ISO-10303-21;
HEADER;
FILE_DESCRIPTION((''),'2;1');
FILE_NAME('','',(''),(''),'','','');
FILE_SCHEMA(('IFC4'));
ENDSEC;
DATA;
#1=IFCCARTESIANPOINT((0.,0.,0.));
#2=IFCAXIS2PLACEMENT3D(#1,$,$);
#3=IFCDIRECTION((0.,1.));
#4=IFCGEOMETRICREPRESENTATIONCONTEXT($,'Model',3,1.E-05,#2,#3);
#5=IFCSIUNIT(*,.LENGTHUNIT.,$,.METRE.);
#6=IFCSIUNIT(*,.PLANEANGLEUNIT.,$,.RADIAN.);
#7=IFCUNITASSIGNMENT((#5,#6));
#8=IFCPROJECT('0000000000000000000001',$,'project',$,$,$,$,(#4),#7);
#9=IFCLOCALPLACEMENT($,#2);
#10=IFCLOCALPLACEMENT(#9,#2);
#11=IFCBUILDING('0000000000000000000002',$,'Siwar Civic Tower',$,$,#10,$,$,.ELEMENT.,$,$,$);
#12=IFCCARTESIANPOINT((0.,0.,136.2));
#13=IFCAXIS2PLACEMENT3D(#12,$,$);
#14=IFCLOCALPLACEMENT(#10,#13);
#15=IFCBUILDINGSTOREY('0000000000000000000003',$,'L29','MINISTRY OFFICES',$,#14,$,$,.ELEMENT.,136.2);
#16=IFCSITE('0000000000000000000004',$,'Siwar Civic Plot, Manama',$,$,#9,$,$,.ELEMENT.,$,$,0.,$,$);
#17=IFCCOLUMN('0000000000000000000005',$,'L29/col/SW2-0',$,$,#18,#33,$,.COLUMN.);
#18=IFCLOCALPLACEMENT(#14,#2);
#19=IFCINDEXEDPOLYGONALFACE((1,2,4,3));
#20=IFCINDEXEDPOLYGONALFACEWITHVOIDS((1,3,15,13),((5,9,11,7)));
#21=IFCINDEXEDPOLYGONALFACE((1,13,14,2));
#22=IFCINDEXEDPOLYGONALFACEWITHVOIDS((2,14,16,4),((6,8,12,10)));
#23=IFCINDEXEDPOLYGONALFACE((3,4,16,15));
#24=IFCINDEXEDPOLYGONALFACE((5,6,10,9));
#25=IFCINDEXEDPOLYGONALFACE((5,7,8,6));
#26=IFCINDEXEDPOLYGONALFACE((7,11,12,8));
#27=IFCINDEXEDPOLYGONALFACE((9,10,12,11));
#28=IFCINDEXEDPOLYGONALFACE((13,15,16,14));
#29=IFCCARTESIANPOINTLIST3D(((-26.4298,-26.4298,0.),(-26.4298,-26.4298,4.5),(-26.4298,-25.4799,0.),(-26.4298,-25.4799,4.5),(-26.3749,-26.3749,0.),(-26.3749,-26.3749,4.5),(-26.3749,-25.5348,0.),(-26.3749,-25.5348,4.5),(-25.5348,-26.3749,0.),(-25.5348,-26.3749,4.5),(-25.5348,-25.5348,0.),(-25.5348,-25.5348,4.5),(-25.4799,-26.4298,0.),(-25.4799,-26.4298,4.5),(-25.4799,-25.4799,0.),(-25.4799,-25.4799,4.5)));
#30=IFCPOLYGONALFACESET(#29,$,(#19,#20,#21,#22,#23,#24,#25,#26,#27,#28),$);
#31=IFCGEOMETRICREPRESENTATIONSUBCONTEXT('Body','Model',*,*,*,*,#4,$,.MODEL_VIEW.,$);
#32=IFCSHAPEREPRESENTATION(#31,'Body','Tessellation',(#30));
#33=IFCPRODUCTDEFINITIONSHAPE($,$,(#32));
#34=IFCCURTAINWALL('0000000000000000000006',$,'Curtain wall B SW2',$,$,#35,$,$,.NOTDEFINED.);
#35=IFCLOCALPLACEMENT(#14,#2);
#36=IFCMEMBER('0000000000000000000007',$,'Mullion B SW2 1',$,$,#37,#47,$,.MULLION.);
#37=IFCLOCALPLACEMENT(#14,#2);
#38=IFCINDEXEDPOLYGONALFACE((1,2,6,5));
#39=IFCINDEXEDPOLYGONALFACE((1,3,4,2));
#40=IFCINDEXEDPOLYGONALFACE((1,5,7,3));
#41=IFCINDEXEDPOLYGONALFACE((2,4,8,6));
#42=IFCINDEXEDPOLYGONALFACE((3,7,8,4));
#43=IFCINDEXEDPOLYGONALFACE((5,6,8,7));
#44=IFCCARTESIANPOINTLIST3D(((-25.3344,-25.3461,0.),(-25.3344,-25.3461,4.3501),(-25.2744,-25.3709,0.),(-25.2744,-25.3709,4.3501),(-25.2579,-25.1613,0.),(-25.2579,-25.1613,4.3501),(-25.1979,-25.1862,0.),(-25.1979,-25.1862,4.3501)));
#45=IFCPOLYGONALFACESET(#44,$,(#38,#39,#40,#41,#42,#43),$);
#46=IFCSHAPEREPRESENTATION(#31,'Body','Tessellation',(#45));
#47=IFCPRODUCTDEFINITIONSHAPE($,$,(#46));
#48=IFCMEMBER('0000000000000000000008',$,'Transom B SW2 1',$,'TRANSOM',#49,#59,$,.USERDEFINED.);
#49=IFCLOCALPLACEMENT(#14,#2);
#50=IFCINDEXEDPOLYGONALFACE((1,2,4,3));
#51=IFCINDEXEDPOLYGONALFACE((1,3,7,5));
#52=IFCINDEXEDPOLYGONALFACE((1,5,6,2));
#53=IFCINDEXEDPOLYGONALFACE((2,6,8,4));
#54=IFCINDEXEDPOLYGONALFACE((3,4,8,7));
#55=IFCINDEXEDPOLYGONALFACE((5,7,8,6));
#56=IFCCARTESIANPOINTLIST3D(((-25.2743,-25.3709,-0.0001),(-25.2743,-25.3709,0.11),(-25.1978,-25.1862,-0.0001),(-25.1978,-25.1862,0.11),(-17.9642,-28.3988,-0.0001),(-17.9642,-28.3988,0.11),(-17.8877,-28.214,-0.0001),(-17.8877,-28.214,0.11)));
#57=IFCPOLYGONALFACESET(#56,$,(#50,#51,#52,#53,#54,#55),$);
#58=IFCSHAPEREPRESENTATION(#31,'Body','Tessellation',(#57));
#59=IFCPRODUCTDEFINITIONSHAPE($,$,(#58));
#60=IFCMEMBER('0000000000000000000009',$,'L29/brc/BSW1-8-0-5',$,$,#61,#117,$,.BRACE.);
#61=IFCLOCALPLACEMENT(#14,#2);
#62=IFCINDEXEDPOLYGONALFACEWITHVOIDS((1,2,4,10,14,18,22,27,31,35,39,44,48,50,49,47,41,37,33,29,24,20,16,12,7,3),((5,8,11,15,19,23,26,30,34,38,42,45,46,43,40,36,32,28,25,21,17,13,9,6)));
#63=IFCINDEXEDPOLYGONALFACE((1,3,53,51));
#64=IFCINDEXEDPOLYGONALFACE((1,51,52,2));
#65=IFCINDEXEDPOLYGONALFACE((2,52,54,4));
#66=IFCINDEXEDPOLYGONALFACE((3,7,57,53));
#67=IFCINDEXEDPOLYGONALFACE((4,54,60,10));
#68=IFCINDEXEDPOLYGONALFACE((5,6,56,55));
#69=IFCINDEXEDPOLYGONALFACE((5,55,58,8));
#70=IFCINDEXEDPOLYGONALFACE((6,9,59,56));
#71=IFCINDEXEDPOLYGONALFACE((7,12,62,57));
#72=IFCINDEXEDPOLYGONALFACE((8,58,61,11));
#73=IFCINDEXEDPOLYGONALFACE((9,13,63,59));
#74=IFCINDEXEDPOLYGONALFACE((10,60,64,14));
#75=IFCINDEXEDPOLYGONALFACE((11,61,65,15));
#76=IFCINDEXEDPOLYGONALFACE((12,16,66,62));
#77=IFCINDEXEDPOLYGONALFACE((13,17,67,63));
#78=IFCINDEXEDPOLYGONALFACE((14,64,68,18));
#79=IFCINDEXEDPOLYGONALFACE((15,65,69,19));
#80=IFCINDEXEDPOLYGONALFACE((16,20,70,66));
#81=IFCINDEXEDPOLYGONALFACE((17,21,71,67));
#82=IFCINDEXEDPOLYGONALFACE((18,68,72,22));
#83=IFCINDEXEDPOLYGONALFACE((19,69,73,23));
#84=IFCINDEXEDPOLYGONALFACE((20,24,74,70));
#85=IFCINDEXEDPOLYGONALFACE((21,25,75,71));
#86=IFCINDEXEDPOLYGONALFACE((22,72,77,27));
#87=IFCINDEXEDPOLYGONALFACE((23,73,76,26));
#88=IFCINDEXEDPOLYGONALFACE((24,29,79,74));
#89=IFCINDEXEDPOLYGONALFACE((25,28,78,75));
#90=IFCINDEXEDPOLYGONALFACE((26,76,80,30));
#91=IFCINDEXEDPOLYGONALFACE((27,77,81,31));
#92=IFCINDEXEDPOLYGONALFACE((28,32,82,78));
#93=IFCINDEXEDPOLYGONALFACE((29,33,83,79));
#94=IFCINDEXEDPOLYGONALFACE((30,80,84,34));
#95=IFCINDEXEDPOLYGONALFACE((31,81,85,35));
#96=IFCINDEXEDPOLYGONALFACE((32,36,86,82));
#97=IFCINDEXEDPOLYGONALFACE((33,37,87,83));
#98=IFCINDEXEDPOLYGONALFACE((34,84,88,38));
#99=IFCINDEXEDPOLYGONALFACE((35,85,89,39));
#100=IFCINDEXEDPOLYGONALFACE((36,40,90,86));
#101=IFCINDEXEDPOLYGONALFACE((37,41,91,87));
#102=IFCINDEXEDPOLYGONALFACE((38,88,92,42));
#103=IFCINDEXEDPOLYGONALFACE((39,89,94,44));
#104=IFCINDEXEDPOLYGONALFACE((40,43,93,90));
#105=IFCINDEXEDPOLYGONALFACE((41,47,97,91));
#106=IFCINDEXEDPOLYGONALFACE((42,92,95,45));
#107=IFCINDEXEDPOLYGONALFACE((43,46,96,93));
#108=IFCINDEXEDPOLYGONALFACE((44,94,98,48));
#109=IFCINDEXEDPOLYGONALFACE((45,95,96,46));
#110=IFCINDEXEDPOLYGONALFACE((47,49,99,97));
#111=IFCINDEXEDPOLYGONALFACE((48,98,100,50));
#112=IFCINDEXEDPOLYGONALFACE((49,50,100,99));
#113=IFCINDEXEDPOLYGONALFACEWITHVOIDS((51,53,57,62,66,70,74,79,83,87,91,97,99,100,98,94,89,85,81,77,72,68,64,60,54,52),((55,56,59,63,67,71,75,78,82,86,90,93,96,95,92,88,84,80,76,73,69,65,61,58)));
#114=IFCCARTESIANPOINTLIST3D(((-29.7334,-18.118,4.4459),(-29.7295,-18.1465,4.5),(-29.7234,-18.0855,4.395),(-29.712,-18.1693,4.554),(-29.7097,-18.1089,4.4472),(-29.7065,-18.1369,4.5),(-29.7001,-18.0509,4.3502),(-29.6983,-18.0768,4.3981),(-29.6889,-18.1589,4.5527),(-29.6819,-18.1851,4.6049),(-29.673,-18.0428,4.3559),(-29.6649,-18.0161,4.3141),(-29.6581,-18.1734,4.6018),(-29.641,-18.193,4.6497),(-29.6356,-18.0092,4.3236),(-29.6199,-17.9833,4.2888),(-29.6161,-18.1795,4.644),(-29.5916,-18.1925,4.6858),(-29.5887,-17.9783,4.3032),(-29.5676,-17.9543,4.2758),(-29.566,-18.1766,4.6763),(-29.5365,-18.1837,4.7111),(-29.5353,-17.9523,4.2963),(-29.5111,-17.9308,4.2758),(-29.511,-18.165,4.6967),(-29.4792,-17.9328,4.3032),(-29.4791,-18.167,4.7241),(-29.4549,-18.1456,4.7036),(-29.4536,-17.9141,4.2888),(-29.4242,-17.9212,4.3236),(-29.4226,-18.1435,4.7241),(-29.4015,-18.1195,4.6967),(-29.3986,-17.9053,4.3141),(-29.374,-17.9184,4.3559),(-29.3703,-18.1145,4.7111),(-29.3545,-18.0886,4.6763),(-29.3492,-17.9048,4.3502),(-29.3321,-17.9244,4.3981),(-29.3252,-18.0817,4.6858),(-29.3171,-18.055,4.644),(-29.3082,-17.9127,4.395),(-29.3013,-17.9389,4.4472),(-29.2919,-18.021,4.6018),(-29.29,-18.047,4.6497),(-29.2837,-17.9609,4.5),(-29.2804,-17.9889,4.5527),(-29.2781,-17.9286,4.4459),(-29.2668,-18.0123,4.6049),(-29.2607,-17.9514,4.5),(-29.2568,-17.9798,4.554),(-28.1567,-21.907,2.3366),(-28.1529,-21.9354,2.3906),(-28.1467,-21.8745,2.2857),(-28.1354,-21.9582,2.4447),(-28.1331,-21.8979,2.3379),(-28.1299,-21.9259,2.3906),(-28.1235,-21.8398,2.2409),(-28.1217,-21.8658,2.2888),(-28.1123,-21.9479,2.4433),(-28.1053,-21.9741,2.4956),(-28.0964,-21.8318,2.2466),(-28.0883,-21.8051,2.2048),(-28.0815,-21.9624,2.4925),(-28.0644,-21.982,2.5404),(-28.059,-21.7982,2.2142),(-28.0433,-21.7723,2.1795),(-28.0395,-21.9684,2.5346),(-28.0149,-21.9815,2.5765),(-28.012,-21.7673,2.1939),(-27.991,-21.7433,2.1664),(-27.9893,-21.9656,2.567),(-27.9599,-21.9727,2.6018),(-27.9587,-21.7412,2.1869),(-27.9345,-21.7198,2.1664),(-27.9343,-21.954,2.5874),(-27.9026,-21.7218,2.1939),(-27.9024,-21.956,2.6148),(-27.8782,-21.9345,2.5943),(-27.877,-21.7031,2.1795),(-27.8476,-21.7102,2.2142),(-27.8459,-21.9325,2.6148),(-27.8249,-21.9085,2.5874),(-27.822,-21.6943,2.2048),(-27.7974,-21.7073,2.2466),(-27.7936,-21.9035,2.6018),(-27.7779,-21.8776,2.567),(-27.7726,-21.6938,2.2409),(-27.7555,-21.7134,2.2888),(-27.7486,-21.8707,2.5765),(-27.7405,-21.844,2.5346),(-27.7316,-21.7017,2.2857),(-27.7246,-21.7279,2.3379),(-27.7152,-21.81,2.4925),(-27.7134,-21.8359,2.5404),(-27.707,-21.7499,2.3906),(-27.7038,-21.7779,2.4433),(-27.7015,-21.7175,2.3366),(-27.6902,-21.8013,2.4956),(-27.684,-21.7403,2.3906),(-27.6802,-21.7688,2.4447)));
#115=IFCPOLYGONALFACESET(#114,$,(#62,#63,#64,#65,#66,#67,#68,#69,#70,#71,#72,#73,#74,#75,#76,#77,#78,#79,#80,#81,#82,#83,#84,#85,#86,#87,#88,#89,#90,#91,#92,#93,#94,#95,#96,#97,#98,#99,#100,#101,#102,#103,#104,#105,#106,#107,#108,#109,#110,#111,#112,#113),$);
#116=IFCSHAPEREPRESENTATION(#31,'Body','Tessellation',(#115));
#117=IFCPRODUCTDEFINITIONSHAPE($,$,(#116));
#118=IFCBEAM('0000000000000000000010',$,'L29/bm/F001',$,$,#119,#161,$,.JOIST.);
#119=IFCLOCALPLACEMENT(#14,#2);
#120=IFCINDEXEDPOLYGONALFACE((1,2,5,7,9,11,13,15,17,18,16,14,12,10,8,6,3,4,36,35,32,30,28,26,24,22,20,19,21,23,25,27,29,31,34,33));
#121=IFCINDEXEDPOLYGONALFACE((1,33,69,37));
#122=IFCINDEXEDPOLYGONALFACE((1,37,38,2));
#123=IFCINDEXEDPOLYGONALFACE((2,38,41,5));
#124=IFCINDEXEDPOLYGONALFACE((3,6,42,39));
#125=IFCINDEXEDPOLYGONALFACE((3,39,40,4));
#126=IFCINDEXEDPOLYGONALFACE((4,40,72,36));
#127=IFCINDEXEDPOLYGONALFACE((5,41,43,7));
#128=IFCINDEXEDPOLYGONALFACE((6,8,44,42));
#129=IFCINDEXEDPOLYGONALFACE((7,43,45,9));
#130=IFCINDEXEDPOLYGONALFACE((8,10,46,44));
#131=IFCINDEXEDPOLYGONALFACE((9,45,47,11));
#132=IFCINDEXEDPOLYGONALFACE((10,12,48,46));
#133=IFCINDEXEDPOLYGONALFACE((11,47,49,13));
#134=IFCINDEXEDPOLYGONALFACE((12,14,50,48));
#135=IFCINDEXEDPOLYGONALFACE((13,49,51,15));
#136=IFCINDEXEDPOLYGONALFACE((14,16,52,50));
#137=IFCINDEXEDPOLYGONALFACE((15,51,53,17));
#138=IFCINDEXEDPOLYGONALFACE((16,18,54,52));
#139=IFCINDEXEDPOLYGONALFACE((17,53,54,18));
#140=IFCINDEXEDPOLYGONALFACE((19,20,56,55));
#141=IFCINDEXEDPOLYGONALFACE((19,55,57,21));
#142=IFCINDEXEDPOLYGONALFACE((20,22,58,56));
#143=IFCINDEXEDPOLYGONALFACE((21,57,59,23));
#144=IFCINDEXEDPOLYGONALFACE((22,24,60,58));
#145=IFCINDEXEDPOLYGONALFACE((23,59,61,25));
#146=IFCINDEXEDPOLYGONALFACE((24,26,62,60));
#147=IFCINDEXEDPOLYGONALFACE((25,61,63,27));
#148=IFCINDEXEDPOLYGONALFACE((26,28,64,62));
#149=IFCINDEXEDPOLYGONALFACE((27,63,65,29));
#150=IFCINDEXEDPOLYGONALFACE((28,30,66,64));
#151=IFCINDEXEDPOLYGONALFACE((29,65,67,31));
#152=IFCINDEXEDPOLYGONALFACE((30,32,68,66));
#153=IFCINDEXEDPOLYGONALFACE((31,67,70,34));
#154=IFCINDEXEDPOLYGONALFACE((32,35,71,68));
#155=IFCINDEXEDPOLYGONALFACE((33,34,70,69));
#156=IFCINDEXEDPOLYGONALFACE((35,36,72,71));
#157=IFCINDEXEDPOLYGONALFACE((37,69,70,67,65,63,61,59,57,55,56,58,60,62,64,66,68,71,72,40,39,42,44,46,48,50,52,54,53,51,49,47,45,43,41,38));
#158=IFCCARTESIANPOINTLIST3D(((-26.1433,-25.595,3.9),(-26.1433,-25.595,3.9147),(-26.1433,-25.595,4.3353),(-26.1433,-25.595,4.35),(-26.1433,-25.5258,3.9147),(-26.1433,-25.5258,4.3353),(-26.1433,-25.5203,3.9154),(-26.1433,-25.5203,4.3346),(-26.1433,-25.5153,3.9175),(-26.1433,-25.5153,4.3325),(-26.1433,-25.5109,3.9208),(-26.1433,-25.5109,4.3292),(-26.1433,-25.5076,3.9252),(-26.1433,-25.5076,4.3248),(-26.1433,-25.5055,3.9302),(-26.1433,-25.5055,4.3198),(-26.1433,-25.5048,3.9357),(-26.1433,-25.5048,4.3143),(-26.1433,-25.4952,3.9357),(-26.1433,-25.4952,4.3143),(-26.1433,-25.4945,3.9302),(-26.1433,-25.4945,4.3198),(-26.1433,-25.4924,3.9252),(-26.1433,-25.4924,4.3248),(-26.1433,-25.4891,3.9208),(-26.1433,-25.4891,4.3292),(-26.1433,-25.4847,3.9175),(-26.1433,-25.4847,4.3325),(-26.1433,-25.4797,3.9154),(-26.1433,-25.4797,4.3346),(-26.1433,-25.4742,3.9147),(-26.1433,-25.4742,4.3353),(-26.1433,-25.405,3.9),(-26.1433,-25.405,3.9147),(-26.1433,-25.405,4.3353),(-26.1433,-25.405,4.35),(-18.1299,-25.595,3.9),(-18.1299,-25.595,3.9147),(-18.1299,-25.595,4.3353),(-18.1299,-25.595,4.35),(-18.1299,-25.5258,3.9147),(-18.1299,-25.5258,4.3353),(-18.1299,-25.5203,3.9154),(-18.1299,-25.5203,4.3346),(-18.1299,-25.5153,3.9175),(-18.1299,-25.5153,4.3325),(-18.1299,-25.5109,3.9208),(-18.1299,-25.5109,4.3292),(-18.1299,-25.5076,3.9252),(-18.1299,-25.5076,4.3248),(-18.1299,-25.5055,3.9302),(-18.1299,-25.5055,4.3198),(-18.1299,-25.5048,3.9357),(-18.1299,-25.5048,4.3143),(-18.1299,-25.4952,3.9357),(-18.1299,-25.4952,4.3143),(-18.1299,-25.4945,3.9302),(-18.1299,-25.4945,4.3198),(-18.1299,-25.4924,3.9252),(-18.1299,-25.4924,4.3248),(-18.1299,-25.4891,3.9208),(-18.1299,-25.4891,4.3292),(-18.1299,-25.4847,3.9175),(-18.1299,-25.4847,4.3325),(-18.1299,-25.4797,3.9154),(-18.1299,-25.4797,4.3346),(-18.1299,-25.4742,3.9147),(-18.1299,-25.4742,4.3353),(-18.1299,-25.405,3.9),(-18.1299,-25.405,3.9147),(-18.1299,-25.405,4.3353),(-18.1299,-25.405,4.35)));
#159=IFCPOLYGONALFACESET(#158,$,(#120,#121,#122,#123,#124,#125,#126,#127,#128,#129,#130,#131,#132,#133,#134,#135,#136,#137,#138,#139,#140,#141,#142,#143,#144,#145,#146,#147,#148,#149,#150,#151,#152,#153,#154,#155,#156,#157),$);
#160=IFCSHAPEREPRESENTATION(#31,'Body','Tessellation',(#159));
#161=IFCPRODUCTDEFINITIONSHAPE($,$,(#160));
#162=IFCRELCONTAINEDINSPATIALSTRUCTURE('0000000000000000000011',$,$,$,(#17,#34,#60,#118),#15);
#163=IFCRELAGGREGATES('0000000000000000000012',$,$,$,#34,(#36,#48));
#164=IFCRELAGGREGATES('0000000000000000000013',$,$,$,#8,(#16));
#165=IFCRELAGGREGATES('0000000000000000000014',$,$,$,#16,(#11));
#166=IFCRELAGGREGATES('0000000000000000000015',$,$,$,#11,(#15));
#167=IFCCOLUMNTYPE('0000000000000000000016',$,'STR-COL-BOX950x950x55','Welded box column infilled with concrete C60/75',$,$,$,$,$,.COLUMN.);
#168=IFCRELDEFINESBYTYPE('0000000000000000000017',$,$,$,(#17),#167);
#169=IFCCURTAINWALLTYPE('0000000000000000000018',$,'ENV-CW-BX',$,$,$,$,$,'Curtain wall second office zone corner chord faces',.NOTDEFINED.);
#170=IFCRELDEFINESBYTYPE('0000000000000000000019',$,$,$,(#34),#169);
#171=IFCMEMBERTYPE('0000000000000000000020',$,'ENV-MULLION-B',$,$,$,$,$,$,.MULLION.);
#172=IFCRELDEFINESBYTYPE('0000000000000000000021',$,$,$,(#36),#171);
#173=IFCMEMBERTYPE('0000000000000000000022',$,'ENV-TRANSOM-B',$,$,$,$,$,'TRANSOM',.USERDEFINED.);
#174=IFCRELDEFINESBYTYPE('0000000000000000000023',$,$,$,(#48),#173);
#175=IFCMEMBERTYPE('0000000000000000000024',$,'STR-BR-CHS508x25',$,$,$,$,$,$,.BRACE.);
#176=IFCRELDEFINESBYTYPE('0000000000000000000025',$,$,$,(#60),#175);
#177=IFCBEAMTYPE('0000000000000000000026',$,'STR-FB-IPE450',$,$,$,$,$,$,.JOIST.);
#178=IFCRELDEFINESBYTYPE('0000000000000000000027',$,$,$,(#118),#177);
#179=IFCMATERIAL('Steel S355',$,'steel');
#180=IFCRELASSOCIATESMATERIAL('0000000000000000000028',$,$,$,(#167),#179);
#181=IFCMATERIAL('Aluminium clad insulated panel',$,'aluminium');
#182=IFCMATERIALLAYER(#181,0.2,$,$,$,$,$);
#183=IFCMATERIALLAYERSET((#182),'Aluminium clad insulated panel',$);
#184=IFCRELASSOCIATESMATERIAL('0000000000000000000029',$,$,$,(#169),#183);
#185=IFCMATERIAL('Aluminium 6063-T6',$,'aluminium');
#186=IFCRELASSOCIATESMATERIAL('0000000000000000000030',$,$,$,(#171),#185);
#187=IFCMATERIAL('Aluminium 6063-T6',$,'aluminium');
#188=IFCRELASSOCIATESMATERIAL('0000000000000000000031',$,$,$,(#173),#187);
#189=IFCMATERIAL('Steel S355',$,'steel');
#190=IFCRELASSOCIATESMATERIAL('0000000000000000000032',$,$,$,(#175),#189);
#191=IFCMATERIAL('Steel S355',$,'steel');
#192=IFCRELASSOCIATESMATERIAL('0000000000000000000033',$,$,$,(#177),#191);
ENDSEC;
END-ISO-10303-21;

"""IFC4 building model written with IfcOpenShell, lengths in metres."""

from ifc_helpers import new_model, si_unit, direction, frame, origin, origin_2d, place, context, subcontext, project, spatial, rectangle, hollow_rectangle, hollow_circle, i_section, extrude, material, layer, layer_set, material_profile, profile_set, type_object, element, aggregate, save


model = new_model("IFC4")

# Units and contexts
model_context = context("Model", 3, precision=1e-05, world=origin(), true_north=direction((0.0, 1.0)))
body_context = subcontext(model_context, "Body", "Model", "MODEL_VIEW")
ifc_project = project(units=[si_unit("LENGTHUNIT", "METRE"), si_unit("PLANEANGLEUNIT", "RADIAN")], contexts=[model_context])

# Site, building, storey
site_placement = place(None, origin())
site = spatial("IfcSite", under=ifc_project, at=site_placement, Name="Siwar Civic Plot, Manama", CompositionType="ELEMENT", RefElevation=0.0)
building_placement = place(site_placement, origin())
building = spatial("IfcBuilding", under=site, at=building_placement, Name="Siwar Civic Tower", CompositionType="ELEMENT")
storey_placement = place(building_placement, frame((0.0, 0.0, 136.2)))
storey = spatial("IfcBuildingStorey", under=building, at=storey_placement, Name="L29", Description="MINISTRY OFFICES", CompositionType="ELEMENT", Elevation=136.2)

# Column
ifc_material_1 = material(Name="Steel S355", Category="steel")
ifc_material_profile_1 = material_profile(ifc_material_1, hollow_rectangle(XDim=0.95, YDim=0.95, WallThickness=0.0549, at=origin_2d()), Name="BOX950x950x55")
ifc_profile_set_1 = profile_set([ifc_material_profile_1], Name="Steel S355")
column_type = type_object("IfcColumnType", Name="STR-COL-BOX950x950x55", Description="Welded box column infilled with concrete C60/75", PredefinedType="COLUMN", material=ifc_profile_set_1)
column_placement = place(storey_placement, frame((-25.9548, -25.9548, 0.0), z_axis=(0.0, 0.0, 1.0), x_axis=(1.0, 0.0, 0.0)))
element("IfcColumn", 1, at=column_placement, inside=storey, type_object=column_type, Name="L29/col/SW2-0", PredefinedType="COLUMN", context=body_context, shape_type="SweptSolid", body=[
    extrude(hollow_rectangle(XDim=0.95, YDim=0.95, WallThickness=0.0549, at=origin_2d()), origin(), (0.0, 0.0, 1.0), 4.5),
])

# Curtain wall, members
ifc_material_2 = material(Name="Aluminium clad insulated panel", Category="aluminium")
ifc_layer_1 = layer(ifc_material_2, 0.2)
ifc_layer_set_1 = layer_set([ifc_layer_1], Name="Aluminium clad insulated panel")
curtain_wall_type = type_object("IfcCurtainWallType", Name="ENV-CW-BX", ElementType="Curtain wall second office zone corner chord faces", PredefinedType="NOTDEFINED", material=ifc_layer_set_1)
curtain_wall_1_placement = place(storey_placement, origin())
curtain_wall_1 = element("IfcCurtainWall", 2, at=curtain_wall_1_placement, inside=storey, type_object=curtain_wall_type, Name="Curtain wall B SW2", PredefinedType="NOTDEFINED")
ifc_material_3 = material(Name="Aluminium 6063-T6", Category="aluminium")
ifc_material_profile_2 = material_profile(ifc_material_3, rectangle(XDim=0.2, YDim=0.0649, at=origin_2d()), Name="AL 200x65")
ifc_profile_set_2 = profile_set([ifc_material_profile_2], Name="Aluminium 6063-T6")
member_type_1 = type_object("IfcMemberType", Name="ENV-MULLION-B", PredefinedType="MULLION", material=ifc_profile_set_2)
member_1_placement = place(storey_placement, frame((-25.2661, -25.2661, 0.0), z_axis=(0.0, 0.0, 1.0), x_axis=(0.382683, 0.92388, 0.0)))
member_1 = element("IfcMember", 3, at=member_1_placement, type_object=member_type_1, Name="Mullion B SW2 1", PredefinedType="MULLION", context=body_context, shape_type="SweptSolid", body=[
    extrude(rectangle(XDim=0.2, YDim=0.0649, at=origin_2d()), origin(), (0.0, 0.0, 1.0), 4.3501),
])
ifc_material_4 = material(Name="Aluminium 6063-T6", Category="aluminium")
ifc_material_profile_3 = material_profile(ifc_material_4, rectangle(XDim=0.2, YDim=0.1101, at=origin_2d()), Name="AL 200x110")
ifc_profile_set_3 = profile_set([ifc_material_profile_3], Name="Aluminium 6063-T6")
member_type_2 = type_object("IfcMemberType", Name="ENV-TRANSOM-B", ElementType="TRANSOM", PredefinedType="USERDEFINED", material=ifc_profile_set_3)
member_2_placement = place(storey_placement, frame((-25.2361, -25.2786, 0.0549), z_axis=(0.923884, -0.382673, 0.0), x_axis=(0.382673, 0.923884, 0.0)))
member_2 = element("IfcMember", 4, at=member_2_placement, type_object=member_type_2, Name="Transom B SW2 1", ObjectType="TRANSOM", PredefinedType="USERDEFINED", context=body_context, shape_type="SweptSolid", body=[
    extrude(rectangle(XDim=0.2, YDim=0.1101, at=origin_2d()), origin(), (0.0, 0.0, 1.0), 7.9124),
])
aggregate(curtain_wall_1, [member_1, member_2])

# Member
ifc_material_5 = material(Name="Steel S355", Category="steel")
ifc_material_profile_4 = material_profile(ifc_material_5, hollow_circle(Radius=0.2539, WallThickness=0.0249, at=origin_2d()), Name="CHS508x25")
ifc_profile_set_4 = profile_set([ifc_material_profile_4], Name="Steel S355")
member_type_3 = type_object("IfcMemberType", Name="STR-BR-CHS508x25", PredefinedType="BRACE", material=ifc_profile_set_4)
member_3_placement = place(storey_placement, frame((-27.9185, -21.8379, 2.3906), z_axis=(-0.341686, 0.821146, 0.457133), x_axis=(-0.92326, -0.384176, 0.0)))
element("IfcMember", 5, at=member_3_placement, inside=storey, type_object=member_type_3, Name="L29/brc/BSW1-8-0-5", PredefinedType="BRACE", context=body_context, shape_type="SweptSolid", body=[
    extrude(hollow_circle(Radius=0.2539, WallThickness=0.0249, at=origin_2d()), origin(), (0.0, 0.0, 1.0), 4.6143),
])

# Beam
ifc_material_6 = material(Name="Steel S355", Category="steel")
ifc_material_profile_5 = material_profile(ifc_material_6, i_section(OverallWidth=0.1899, OverallDepth=0.45, WebThickness=0.0095, FlangeThickness=0.0146, FilletRadius=0.021, at=origin_2d()), Name="IPE450")
ifc_profile_set_5 = profile_set([ifc_material_profile_5], Name="Steel S355")
beam_type_1 = type_object("IfcBeamType", Name="STR-FB-IPE450", PredefinedType="JOIST", material=ifc_profile_set_5)
beam_1_placement = place(storey_placement, frame((-26.1433, -25.5, 4.125), z_axis=(1.0, 0.0, 0.0), x_axis=(0.0, 1.0, 0.0)))
element("IfcBeam", 6, at=beam_1_placement, inside=storey, type_object=beam_type_1, Name="L29/bm/F001", PredefinedType="JOIST", context=body_context, shape_type="SweptSolid", body=[
    extrude(i_section(OverallWidth=0.1899, OverallDepth=0.45, WebThickness=0.0095, FlangeThickness=0.0146, FilletRadius=0.021, at=origin_2d()), origin(), (0.0, 0.0, 1.0), 8.0134),
])

save(model, "model.ifc")
